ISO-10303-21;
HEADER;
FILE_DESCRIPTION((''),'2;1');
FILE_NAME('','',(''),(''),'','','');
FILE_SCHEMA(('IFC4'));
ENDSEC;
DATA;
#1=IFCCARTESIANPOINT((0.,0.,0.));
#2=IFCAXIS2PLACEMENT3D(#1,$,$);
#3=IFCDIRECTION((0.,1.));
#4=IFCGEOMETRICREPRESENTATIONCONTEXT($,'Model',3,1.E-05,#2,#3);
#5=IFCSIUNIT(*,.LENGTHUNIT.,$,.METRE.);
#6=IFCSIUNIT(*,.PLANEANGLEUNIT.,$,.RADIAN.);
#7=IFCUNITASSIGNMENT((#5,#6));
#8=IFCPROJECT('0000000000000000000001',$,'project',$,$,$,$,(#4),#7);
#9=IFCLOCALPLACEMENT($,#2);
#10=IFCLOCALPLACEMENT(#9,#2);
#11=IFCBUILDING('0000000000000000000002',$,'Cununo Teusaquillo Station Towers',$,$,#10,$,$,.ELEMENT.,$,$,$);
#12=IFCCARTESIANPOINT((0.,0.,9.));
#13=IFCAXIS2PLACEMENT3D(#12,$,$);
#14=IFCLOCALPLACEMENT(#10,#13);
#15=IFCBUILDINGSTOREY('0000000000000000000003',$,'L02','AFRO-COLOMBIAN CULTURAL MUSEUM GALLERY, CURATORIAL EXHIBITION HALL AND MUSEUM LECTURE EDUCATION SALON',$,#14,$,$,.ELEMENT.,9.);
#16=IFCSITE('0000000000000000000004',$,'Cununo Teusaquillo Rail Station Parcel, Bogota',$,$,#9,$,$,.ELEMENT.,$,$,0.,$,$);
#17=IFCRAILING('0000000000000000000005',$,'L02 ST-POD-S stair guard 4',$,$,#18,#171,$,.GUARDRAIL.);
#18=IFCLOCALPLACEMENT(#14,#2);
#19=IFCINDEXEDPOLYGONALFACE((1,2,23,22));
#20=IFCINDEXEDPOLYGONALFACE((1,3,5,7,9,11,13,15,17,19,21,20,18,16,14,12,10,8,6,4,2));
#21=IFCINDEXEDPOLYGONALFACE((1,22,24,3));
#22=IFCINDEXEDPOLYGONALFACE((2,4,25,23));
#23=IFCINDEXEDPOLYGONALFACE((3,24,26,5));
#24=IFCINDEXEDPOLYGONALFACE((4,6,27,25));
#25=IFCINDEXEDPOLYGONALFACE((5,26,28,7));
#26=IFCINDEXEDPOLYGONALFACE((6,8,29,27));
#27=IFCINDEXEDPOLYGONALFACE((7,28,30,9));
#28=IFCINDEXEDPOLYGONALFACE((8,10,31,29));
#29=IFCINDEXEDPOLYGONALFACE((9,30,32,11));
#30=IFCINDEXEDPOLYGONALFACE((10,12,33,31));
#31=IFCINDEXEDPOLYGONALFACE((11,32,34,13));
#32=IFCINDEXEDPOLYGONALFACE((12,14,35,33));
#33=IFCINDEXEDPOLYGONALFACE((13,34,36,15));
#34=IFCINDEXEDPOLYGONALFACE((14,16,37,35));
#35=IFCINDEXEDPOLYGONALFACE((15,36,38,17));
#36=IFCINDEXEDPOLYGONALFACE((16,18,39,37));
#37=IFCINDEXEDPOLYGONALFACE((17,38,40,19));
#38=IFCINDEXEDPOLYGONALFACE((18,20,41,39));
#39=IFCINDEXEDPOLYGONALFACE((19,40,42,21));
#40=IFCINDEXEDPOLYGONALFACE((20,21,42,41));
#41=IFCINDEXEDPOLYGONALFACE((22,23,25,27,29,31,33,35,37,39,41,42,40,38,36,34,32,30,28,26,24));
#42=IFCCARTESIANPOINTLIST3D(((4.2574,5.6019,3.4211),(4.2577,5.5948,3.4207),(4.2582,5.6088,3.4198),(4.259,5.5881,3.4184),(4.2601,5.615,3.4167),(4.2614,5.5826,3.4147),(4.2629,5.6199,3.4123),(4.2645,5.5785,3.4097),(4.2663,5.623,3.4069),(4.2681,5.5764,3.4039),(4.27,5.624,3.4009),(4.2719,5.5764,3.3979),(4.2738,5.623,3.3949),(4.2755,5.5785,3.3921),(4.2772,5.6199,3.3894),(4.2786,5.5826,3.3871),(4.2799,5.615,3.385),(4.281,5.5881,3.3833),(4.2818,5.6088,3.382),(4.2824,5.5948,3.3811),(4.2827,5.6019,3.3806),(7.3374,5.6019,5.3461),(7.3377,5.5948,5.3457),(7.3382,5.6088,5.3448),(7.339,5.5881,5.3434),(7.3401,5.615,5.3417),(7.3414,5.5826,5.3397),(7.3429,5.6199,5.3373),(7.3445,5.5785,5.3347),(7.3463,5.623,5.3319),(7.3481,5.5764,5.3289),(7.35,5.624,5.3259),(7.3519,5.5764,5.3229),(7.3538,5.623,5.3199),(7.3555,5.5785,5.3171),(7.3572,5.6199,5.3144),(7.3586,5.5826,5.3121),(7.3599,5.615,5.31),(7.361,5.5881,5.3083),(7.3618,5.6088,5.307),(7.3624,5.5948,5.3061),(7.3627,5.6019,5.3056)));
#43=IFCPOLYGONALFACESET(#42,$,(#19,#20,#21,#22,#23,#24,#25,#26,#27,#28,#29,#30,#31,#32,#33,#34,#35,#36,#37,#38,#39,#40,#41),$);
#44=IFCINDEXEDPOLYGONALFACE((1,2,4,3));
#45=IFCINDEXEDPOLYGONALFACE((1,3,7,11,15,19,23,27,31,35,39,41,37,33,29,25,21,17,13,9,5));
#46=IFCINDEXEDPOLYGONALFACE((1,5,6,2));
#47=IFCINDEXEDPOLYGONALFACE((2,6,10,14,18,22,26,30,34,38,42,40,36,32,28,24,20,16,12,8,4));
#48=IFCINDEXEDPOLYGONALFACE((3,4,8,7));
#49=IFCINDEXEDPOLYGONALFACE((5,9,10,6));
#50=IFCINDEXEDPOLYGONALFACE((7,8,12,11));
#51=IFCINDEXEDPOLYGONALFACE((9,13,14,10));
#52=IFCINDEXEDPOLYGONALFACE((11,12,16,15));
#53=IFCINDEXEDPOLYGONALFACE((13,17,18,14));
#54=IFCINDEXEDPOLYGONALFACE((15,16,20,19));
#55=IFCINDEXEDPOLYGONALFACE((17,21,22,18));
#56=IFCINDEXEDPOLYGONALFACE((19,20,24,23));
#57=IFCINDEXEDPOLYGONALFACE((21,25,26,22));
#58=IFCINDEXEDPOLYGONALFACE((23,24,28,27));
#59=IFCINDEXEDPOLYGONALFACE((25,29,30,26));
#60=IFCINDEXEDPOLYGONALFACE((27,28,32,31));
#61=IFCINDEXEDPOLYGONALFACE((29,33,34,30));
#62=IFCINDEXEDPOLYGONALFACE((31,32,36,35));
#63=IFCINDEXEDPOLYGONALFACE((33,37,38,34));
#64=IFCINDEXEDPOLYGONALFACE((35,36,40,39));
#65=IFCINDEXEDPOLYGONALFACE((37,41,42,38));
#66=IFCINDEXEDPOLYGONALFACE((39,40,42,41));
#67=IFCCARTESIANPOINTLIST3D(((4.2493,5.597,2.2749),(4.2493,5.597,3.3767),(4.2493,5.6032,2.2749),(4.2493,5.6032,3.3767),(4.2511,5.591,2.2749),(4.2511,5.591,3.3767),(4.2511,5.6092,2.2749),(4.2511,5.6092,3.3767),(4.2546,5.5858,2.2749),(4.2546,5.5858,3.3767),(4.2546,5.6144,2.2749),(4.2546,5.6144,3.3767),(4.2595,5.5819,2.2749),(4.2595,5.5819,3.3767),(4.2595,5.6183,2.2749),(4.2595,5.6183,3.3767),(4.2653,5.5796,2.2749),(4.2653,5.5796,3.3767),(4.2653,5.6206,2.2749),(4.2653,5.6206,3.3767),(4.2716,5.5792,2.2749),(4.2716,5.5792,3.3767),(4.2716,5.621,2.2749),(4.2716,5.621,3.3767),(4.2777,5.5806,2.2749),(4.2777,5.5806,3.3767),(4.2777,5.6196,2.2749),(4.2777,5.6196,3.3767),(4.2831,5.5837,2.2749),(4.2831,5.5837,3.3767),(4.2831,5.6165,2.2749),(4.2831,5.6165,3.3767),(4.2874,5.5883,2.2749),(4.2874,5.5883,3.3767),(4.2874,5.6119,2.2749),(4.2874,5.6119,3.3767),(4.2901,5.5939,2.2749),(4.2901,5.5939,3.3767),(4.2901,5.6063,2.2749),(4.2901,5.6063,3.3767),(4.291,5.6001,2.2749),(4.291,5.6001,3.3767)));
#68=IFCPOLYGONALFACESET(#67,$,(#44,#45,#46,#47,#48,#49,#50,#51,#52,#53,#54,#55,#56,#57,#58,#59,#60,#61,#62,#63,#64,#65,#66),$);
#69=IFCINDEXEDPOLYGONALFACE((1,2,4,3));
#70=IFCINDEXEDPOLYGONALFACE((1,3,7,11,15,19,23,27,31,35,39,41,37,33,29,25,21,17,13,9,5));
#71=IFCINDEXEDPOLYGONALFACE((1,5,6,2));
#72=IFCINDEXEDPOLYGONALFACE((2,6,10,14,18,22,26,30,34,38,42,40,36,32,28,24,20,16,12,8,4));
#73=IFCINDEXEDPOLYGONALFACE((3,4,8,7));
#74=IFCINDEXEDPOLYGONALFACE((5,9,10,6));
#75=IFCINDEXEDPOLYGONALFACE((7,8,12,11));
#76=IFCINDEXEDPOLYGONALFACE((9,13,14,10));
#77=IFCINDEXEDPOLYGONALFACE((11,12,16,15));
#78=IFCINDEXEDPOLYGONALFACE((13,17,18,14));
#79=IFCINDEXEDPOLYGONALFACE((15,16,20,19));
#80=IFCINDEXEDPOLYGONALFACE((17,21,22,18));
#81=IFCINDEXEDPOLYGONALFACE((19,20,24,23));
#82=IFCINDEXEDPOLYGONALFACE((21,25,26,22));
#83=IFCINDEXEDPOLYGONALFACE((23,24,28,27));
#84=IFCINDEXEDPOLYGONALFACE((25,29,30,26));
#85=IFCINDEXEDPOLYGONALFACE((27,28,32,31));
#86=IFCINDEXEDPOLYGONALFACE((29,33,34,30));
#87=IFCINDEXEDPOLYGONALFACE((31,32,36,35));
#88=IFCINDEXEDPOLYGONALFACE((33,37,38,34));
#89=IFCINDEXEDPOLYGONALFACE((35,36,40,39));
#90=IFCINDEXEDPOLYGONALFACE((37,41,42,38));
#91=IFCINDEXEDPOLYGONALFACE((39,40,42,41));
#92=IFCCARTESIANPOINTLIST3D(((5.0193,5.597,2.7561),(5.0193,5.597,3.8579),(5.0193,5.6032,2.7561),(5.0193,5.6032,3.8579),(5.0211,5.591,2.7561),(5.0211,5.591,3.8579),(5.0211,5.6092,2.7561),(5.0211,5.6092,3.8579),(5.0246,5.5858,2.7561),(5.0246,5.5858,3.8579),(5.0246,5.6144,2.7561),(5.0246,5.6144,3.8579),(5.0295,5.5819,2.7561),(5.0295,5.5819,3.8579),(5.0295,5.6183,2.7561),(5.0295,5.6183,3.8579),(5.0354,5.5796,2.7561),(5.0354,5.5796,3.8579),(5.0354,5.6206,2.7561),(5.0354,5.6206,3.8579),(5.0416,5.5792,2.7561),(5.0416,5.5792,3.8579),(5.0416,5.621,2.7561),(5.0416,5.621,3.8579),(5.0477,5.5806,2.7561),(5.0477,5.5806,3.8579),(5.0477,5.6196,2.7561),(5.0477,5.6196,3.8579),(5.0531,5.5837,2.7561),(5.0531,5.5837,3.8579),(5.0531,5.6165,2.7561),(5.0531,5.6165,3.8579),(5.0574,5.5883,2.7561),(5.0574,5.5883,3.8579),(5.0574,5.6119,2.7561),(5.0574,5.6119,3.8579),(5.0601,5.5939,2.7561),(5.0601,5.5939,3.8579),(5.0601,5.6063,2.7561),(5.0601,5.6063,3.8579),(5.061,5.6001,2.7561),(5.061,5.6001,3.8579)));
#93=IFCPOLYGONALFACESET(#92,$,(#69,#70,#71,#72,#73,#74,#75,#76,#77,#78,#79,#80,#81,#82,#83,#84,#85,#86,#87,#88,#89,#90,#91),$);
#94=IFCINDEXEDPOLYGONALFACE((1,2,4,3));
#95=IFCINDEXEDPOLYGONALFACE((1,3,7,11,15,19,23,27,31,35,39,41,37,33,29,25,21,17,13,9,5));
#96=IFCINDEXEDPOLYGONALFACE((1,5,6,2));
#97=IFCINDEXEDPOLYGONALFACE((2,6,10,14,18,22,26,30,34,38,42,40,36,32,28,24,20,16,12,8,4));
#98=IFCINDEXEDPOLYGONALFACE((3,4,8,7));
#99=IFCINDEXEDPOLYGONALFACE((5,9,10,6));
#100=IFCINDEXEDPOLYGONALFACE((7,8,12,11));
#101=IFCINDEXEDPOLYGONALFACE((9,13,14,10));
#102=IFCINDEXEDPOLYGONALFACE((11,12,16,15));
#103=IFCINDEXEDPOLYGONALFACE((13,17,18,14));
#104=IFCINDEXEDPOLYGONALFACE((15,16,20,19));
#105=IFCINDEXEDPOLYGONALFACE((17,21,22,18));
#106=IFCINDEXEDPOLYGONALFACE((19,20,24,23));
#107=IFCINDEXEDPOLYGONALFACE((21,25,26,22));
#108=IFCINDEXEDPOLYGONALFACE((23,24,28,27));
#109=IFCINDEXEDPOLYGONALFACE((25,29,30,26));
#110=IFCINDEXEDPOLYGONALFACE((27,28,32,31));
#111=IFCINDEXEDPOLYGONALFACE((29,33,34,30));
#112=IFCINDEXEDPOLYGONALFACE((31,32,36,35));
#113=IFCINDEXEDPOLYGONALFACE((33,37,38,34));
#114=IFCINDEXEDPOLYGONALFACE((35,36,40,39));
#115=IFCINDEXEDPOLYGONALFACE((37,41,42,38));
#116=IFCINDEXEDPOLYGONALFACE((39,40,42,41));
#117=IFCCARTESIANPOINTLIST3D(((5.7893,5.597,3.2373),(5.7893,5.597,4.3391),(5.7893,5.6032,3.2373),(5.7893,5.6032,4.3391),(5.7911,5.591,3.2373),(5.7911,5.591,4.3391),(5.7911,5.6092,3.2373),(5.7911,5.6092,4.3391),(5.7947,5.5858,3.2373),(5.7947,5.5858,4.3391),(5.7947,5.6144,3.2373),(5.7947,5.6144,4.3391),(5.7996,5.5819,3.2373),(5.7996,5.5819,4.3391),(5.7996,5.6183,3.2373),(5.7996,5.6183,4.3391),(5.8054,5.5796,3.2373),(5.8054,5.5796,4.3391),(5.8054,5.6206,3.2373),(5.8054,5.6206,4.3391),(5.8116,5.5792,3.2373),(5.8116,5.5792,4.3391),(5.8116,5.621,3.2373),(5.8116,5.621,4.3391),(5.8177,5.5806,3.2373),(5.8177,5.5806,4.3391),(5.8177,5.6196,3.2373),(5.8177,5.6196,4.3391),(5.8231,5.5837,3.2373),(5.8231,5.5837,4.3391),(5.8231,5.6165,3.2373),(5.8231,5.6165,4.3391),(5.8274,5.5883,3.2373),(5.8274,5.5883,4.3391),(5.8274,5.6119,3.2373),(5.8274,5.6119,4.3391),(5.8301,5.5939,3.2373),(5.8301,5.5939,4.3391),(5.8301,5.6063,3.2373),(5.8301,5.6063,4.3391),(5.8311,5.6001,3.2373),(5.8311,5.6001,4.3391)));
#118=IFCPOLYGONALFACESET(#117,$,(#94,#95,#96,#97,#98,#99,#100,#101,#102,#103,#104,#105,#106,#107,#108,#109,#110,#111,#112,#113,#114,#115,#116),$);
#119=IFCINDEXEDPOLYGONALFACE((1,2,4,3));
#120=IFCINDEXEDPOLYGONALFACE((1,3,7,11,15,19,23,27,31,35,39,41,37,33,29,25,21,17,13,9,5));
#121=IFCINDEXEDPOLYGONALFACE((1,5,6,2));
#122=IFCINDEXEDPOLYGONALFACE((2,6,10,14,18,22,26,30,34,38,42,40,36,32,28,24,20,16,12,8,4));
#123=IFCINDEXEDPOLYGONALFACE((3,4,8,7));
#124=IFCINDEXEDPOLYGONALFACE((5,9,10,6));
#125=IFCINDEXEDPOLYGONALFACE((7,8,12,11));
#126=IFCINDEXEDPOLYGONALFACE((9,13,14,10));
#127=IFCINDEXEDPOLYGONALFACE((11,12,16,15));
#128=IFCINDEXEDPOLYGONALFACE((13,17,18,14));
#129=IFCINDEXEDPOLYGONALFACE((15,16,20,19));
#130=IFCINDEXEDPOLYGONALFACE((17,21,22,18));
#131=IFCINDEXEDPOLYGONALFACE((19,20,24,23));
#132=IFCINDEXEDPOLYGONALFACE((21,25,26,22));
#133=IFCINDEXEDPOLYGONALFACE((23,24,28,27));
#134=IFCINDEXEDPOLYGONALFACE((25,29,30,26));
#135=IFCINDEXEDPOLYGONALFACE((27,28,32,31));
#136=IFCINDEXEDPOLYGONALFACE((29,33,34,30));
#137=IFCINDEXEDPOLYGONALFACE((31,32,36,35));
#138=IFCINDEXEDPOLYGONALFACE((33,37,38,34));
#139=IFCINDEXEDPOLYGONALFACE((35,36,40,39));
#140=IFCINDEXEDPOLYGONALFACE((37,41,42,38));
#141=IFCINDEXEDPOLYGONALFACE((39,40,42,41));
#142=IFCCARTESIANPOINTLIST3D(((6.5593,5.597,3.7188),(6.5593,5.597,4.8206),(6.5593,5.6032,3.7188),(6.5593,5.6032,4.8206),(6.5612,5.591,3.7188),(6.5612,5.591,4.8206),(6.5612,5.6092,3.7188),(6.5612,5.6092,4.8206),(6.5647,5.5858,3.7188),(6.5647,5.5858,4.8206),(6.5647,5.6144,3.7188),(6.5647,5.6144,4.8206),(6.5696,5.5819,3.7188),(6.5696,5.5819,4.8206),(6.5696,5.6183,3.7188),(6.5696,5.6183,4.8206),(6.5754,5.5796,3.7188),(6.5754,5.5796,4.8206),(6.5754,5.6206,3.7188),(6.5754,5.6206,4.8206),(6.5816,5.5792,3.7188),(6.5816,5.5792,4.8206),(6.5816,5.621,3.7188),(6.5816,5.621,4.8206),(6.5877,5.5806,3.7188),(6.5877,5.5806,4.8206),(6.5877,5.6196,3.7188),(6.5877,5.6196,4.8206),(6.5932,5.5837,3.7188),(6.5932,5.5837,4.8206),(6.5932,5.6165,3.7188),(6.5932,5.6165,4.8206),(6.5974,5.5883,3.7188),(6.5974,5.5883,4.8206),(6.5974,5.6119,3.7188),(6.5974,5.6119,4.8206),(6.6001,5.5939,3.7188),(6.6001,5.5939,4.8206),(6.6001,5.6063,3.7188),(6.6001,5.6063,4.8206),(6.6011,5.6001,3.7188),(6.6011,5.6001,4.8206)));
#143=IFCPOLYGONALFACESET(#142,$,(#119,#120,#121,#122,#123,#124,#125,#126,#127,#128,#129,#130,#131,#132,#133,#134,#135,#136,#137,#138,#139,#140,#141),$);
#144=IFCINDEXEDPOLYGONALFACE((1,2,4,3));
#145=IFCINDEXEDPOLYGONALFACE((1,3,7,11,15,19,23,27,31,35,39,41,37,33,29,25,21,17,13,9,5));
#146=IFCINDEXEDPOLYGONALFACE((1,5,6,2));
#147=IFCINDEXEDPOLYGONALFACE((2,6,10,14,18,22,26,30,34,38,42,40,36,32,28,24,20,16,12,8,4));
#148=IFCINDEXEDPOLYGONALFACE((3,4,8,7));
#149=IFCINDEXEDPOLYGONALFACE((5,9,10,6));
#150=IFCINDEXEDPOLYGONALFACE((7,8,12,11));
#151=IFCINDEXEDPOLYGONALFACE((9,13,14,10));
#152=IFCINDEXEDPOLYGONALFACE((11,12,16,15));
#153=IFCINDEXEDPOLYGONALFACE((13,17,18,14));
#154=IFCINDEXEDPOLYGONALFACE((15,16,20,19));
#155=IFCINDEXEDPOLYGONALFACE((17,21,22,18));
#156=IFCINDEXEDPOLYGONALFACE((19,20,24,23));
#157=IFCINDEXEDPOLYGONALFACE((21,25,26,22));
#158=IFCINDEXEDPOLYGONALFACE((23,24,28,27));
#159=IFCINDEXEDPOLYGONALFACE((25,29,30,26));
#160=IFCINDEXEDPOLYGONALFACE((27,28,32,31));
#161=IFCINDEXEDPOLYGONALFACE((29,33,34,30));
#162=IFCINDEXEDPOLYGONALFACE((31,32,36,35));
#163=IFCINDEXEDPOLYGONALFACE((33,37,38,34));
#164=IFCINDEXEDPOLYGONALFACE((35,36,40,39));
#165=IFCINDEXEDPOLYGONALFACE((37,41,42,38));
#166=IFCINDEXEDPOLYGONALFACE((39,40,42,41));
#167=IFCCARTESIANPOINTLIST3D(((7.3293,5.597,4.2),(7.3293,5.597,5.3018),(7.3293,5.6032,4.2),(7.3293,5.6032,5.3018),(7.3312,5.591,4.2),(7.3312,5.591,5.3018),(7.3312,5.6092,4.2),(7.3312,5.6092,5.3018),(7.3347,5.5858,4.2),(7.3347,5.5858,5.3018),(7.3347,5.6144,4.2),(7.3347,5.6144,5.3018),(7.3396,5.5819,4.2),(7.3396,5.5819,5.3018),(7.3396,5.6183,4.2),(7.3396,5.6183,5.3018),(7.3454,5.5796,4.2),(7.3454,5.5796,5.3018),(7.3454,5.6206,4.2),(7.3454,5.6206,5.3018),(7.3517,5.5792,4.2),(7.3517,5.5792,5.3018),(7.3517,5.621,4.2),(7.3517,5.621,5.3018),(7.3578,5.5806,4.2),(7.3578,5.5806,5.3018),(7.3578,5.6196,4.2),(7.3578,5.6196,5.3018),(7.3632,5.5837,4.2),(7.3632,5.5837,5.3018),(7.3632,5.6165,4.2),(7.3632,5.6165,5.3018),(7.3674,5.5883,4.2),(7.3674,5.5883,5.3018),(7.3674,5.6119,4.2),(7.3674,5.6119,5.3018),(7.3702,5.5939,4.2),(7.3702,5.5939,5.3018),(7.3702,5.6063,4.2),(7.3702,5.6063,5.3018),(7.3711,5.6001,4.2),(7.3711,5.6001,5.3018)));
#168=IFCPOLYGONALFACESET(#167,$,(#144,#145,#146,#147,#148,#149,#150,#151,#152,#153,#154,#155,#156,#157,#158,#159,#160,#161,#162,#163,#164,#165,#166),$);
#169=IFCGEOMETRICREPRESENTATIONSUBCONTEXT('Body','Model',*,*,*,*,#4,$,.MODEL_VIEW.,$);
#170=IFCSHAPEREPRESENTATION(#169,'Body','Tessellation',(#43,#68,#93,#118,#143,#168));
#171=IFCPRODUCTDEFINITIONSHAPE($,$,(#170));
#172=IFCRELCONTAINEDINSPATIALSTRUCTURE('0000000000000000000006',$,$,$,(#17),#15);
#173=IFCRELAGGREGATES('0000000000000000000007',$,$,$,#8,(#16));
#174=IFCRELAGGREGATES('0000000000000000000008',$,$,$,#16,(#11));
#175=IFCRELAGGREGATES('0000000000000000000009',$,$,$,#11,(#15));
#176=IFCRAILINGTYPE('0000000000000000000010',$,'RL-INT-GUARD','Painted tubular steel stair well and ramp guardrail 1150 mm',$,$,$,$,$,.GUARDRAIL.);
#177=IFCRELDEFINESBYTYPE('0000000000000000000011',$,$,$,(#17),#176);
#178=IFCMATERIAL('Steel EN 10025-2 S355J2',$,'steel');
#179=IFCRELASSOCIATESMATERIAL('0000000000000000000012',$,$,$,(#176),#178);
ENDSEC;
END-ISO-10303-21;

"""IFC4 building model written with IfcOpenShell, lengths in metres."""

from ifc_helpers import new_model, si_unit, direction, frame, origin, origin_2d, place, context, subcontext, project, spatial, circle, extrude, material, type_object, element, save


model = new_model("IFC4")

# Units and contexts
model_context = context("Model", 3, precision=1e-05, world=origin(), true_north=direction((0.0, 1.0)))
body_context = subcontext(model_context, "Body", "Model", "MODEL_VIEW")
ifc_project = project(units=[si_unit("LENGTHUNIT", "METRE"), si_unit("PLANEANGLEUNIT", "RADIAN")], contexts=[model_context])

# Site, building, storey
site_placement = place(None, origin())
site = spatial("IfcSite", under=ifc_project, at=site_placement, Name="Cununo Teusaquillo Rail Station Parcel, Bogota", CompositionType="ELEMENT", RefElevation=0.0)
building_placement = place(site_placement, origin())
building = spatial("IfcBuilding", under=site, at=building_placement, Name="Cununo Teusaquillo Station Towers", CompositionType="ELEMENT")
storey_placement = place(building_placement, frame((0.0, 0.0, 9.0)))
storey = spatial("IfcBuildingStorey", under=building, at=storey_placement, Name="L02", Description="AFRO-COLOMBIAN CULTURAL MUSEUM GALLERY, CURATORIAL EXHIBITION HALL AND MUSEUM LECTURE EDUCATION SALON", CompositionType="ELEMENT", Elevation=9.0)

# Railing
ifc_material_1 = material(Name="Steel EN 10025-2 S355J2", Category="steel")
railing_type_1 = type_object("IfcRailingType", Name="RL-INT-GUARD", Description="Painted tubular steel stair well and ramp guardrail 1150 mm", PredefinedType="GUARDRAIL", material=ifc_material_1)
railing_1_placement = place(storey_placement, frame((4.27, 5.6001, 2.2749)))
element("IfcRailing", 1, at=railing_1_placement, inside=storey, type_object=railing_type_1, Name="L02 ST-POD-S stair guard 4", PredefinedType="GUARDRAIL", context=body_context, shape_type="SweptSolid", body=[
    extrude(circle(Radius=0.0239, at=origin_2d()), frame((0.0, 0.0, 1.126), z_axis=(0.847998, 0.0, 0.529999), x_axis=(0.0, 1.0, 0.0)), (0.0, 0.0, 1.0), 3.6321),
    extrude(circle(Radius=0.021, at=origin_2d()), origin(), (0.0, 0.0, 1.0), 1.1018),
    extrude(circle(Radius=0.021, at=origin_2d()), frame((0.77, 0.0, 0.4812)), (0.0, 0.0, 1.0), 1.1018),
    extrude(circle(Radius=0.021, at=origin_2d()), frame((1.54, 0.0, 0.9624)), (0.0, 0.0, 1.0), 1.1018),
    extrude(circle(Radius=0.021, at=origin_2d()), frame((2.3101, 0.0, 1.4438)), (0.0, 0.0, 1.0), 1.1018),
    extrude(circle(Radius=0.021, at=origin_2d()), frame((3.0801, 0.0, 1.925)), (0.0, 0.0, 1.0), 1.1018),
])

save(model, "model.ifc")
